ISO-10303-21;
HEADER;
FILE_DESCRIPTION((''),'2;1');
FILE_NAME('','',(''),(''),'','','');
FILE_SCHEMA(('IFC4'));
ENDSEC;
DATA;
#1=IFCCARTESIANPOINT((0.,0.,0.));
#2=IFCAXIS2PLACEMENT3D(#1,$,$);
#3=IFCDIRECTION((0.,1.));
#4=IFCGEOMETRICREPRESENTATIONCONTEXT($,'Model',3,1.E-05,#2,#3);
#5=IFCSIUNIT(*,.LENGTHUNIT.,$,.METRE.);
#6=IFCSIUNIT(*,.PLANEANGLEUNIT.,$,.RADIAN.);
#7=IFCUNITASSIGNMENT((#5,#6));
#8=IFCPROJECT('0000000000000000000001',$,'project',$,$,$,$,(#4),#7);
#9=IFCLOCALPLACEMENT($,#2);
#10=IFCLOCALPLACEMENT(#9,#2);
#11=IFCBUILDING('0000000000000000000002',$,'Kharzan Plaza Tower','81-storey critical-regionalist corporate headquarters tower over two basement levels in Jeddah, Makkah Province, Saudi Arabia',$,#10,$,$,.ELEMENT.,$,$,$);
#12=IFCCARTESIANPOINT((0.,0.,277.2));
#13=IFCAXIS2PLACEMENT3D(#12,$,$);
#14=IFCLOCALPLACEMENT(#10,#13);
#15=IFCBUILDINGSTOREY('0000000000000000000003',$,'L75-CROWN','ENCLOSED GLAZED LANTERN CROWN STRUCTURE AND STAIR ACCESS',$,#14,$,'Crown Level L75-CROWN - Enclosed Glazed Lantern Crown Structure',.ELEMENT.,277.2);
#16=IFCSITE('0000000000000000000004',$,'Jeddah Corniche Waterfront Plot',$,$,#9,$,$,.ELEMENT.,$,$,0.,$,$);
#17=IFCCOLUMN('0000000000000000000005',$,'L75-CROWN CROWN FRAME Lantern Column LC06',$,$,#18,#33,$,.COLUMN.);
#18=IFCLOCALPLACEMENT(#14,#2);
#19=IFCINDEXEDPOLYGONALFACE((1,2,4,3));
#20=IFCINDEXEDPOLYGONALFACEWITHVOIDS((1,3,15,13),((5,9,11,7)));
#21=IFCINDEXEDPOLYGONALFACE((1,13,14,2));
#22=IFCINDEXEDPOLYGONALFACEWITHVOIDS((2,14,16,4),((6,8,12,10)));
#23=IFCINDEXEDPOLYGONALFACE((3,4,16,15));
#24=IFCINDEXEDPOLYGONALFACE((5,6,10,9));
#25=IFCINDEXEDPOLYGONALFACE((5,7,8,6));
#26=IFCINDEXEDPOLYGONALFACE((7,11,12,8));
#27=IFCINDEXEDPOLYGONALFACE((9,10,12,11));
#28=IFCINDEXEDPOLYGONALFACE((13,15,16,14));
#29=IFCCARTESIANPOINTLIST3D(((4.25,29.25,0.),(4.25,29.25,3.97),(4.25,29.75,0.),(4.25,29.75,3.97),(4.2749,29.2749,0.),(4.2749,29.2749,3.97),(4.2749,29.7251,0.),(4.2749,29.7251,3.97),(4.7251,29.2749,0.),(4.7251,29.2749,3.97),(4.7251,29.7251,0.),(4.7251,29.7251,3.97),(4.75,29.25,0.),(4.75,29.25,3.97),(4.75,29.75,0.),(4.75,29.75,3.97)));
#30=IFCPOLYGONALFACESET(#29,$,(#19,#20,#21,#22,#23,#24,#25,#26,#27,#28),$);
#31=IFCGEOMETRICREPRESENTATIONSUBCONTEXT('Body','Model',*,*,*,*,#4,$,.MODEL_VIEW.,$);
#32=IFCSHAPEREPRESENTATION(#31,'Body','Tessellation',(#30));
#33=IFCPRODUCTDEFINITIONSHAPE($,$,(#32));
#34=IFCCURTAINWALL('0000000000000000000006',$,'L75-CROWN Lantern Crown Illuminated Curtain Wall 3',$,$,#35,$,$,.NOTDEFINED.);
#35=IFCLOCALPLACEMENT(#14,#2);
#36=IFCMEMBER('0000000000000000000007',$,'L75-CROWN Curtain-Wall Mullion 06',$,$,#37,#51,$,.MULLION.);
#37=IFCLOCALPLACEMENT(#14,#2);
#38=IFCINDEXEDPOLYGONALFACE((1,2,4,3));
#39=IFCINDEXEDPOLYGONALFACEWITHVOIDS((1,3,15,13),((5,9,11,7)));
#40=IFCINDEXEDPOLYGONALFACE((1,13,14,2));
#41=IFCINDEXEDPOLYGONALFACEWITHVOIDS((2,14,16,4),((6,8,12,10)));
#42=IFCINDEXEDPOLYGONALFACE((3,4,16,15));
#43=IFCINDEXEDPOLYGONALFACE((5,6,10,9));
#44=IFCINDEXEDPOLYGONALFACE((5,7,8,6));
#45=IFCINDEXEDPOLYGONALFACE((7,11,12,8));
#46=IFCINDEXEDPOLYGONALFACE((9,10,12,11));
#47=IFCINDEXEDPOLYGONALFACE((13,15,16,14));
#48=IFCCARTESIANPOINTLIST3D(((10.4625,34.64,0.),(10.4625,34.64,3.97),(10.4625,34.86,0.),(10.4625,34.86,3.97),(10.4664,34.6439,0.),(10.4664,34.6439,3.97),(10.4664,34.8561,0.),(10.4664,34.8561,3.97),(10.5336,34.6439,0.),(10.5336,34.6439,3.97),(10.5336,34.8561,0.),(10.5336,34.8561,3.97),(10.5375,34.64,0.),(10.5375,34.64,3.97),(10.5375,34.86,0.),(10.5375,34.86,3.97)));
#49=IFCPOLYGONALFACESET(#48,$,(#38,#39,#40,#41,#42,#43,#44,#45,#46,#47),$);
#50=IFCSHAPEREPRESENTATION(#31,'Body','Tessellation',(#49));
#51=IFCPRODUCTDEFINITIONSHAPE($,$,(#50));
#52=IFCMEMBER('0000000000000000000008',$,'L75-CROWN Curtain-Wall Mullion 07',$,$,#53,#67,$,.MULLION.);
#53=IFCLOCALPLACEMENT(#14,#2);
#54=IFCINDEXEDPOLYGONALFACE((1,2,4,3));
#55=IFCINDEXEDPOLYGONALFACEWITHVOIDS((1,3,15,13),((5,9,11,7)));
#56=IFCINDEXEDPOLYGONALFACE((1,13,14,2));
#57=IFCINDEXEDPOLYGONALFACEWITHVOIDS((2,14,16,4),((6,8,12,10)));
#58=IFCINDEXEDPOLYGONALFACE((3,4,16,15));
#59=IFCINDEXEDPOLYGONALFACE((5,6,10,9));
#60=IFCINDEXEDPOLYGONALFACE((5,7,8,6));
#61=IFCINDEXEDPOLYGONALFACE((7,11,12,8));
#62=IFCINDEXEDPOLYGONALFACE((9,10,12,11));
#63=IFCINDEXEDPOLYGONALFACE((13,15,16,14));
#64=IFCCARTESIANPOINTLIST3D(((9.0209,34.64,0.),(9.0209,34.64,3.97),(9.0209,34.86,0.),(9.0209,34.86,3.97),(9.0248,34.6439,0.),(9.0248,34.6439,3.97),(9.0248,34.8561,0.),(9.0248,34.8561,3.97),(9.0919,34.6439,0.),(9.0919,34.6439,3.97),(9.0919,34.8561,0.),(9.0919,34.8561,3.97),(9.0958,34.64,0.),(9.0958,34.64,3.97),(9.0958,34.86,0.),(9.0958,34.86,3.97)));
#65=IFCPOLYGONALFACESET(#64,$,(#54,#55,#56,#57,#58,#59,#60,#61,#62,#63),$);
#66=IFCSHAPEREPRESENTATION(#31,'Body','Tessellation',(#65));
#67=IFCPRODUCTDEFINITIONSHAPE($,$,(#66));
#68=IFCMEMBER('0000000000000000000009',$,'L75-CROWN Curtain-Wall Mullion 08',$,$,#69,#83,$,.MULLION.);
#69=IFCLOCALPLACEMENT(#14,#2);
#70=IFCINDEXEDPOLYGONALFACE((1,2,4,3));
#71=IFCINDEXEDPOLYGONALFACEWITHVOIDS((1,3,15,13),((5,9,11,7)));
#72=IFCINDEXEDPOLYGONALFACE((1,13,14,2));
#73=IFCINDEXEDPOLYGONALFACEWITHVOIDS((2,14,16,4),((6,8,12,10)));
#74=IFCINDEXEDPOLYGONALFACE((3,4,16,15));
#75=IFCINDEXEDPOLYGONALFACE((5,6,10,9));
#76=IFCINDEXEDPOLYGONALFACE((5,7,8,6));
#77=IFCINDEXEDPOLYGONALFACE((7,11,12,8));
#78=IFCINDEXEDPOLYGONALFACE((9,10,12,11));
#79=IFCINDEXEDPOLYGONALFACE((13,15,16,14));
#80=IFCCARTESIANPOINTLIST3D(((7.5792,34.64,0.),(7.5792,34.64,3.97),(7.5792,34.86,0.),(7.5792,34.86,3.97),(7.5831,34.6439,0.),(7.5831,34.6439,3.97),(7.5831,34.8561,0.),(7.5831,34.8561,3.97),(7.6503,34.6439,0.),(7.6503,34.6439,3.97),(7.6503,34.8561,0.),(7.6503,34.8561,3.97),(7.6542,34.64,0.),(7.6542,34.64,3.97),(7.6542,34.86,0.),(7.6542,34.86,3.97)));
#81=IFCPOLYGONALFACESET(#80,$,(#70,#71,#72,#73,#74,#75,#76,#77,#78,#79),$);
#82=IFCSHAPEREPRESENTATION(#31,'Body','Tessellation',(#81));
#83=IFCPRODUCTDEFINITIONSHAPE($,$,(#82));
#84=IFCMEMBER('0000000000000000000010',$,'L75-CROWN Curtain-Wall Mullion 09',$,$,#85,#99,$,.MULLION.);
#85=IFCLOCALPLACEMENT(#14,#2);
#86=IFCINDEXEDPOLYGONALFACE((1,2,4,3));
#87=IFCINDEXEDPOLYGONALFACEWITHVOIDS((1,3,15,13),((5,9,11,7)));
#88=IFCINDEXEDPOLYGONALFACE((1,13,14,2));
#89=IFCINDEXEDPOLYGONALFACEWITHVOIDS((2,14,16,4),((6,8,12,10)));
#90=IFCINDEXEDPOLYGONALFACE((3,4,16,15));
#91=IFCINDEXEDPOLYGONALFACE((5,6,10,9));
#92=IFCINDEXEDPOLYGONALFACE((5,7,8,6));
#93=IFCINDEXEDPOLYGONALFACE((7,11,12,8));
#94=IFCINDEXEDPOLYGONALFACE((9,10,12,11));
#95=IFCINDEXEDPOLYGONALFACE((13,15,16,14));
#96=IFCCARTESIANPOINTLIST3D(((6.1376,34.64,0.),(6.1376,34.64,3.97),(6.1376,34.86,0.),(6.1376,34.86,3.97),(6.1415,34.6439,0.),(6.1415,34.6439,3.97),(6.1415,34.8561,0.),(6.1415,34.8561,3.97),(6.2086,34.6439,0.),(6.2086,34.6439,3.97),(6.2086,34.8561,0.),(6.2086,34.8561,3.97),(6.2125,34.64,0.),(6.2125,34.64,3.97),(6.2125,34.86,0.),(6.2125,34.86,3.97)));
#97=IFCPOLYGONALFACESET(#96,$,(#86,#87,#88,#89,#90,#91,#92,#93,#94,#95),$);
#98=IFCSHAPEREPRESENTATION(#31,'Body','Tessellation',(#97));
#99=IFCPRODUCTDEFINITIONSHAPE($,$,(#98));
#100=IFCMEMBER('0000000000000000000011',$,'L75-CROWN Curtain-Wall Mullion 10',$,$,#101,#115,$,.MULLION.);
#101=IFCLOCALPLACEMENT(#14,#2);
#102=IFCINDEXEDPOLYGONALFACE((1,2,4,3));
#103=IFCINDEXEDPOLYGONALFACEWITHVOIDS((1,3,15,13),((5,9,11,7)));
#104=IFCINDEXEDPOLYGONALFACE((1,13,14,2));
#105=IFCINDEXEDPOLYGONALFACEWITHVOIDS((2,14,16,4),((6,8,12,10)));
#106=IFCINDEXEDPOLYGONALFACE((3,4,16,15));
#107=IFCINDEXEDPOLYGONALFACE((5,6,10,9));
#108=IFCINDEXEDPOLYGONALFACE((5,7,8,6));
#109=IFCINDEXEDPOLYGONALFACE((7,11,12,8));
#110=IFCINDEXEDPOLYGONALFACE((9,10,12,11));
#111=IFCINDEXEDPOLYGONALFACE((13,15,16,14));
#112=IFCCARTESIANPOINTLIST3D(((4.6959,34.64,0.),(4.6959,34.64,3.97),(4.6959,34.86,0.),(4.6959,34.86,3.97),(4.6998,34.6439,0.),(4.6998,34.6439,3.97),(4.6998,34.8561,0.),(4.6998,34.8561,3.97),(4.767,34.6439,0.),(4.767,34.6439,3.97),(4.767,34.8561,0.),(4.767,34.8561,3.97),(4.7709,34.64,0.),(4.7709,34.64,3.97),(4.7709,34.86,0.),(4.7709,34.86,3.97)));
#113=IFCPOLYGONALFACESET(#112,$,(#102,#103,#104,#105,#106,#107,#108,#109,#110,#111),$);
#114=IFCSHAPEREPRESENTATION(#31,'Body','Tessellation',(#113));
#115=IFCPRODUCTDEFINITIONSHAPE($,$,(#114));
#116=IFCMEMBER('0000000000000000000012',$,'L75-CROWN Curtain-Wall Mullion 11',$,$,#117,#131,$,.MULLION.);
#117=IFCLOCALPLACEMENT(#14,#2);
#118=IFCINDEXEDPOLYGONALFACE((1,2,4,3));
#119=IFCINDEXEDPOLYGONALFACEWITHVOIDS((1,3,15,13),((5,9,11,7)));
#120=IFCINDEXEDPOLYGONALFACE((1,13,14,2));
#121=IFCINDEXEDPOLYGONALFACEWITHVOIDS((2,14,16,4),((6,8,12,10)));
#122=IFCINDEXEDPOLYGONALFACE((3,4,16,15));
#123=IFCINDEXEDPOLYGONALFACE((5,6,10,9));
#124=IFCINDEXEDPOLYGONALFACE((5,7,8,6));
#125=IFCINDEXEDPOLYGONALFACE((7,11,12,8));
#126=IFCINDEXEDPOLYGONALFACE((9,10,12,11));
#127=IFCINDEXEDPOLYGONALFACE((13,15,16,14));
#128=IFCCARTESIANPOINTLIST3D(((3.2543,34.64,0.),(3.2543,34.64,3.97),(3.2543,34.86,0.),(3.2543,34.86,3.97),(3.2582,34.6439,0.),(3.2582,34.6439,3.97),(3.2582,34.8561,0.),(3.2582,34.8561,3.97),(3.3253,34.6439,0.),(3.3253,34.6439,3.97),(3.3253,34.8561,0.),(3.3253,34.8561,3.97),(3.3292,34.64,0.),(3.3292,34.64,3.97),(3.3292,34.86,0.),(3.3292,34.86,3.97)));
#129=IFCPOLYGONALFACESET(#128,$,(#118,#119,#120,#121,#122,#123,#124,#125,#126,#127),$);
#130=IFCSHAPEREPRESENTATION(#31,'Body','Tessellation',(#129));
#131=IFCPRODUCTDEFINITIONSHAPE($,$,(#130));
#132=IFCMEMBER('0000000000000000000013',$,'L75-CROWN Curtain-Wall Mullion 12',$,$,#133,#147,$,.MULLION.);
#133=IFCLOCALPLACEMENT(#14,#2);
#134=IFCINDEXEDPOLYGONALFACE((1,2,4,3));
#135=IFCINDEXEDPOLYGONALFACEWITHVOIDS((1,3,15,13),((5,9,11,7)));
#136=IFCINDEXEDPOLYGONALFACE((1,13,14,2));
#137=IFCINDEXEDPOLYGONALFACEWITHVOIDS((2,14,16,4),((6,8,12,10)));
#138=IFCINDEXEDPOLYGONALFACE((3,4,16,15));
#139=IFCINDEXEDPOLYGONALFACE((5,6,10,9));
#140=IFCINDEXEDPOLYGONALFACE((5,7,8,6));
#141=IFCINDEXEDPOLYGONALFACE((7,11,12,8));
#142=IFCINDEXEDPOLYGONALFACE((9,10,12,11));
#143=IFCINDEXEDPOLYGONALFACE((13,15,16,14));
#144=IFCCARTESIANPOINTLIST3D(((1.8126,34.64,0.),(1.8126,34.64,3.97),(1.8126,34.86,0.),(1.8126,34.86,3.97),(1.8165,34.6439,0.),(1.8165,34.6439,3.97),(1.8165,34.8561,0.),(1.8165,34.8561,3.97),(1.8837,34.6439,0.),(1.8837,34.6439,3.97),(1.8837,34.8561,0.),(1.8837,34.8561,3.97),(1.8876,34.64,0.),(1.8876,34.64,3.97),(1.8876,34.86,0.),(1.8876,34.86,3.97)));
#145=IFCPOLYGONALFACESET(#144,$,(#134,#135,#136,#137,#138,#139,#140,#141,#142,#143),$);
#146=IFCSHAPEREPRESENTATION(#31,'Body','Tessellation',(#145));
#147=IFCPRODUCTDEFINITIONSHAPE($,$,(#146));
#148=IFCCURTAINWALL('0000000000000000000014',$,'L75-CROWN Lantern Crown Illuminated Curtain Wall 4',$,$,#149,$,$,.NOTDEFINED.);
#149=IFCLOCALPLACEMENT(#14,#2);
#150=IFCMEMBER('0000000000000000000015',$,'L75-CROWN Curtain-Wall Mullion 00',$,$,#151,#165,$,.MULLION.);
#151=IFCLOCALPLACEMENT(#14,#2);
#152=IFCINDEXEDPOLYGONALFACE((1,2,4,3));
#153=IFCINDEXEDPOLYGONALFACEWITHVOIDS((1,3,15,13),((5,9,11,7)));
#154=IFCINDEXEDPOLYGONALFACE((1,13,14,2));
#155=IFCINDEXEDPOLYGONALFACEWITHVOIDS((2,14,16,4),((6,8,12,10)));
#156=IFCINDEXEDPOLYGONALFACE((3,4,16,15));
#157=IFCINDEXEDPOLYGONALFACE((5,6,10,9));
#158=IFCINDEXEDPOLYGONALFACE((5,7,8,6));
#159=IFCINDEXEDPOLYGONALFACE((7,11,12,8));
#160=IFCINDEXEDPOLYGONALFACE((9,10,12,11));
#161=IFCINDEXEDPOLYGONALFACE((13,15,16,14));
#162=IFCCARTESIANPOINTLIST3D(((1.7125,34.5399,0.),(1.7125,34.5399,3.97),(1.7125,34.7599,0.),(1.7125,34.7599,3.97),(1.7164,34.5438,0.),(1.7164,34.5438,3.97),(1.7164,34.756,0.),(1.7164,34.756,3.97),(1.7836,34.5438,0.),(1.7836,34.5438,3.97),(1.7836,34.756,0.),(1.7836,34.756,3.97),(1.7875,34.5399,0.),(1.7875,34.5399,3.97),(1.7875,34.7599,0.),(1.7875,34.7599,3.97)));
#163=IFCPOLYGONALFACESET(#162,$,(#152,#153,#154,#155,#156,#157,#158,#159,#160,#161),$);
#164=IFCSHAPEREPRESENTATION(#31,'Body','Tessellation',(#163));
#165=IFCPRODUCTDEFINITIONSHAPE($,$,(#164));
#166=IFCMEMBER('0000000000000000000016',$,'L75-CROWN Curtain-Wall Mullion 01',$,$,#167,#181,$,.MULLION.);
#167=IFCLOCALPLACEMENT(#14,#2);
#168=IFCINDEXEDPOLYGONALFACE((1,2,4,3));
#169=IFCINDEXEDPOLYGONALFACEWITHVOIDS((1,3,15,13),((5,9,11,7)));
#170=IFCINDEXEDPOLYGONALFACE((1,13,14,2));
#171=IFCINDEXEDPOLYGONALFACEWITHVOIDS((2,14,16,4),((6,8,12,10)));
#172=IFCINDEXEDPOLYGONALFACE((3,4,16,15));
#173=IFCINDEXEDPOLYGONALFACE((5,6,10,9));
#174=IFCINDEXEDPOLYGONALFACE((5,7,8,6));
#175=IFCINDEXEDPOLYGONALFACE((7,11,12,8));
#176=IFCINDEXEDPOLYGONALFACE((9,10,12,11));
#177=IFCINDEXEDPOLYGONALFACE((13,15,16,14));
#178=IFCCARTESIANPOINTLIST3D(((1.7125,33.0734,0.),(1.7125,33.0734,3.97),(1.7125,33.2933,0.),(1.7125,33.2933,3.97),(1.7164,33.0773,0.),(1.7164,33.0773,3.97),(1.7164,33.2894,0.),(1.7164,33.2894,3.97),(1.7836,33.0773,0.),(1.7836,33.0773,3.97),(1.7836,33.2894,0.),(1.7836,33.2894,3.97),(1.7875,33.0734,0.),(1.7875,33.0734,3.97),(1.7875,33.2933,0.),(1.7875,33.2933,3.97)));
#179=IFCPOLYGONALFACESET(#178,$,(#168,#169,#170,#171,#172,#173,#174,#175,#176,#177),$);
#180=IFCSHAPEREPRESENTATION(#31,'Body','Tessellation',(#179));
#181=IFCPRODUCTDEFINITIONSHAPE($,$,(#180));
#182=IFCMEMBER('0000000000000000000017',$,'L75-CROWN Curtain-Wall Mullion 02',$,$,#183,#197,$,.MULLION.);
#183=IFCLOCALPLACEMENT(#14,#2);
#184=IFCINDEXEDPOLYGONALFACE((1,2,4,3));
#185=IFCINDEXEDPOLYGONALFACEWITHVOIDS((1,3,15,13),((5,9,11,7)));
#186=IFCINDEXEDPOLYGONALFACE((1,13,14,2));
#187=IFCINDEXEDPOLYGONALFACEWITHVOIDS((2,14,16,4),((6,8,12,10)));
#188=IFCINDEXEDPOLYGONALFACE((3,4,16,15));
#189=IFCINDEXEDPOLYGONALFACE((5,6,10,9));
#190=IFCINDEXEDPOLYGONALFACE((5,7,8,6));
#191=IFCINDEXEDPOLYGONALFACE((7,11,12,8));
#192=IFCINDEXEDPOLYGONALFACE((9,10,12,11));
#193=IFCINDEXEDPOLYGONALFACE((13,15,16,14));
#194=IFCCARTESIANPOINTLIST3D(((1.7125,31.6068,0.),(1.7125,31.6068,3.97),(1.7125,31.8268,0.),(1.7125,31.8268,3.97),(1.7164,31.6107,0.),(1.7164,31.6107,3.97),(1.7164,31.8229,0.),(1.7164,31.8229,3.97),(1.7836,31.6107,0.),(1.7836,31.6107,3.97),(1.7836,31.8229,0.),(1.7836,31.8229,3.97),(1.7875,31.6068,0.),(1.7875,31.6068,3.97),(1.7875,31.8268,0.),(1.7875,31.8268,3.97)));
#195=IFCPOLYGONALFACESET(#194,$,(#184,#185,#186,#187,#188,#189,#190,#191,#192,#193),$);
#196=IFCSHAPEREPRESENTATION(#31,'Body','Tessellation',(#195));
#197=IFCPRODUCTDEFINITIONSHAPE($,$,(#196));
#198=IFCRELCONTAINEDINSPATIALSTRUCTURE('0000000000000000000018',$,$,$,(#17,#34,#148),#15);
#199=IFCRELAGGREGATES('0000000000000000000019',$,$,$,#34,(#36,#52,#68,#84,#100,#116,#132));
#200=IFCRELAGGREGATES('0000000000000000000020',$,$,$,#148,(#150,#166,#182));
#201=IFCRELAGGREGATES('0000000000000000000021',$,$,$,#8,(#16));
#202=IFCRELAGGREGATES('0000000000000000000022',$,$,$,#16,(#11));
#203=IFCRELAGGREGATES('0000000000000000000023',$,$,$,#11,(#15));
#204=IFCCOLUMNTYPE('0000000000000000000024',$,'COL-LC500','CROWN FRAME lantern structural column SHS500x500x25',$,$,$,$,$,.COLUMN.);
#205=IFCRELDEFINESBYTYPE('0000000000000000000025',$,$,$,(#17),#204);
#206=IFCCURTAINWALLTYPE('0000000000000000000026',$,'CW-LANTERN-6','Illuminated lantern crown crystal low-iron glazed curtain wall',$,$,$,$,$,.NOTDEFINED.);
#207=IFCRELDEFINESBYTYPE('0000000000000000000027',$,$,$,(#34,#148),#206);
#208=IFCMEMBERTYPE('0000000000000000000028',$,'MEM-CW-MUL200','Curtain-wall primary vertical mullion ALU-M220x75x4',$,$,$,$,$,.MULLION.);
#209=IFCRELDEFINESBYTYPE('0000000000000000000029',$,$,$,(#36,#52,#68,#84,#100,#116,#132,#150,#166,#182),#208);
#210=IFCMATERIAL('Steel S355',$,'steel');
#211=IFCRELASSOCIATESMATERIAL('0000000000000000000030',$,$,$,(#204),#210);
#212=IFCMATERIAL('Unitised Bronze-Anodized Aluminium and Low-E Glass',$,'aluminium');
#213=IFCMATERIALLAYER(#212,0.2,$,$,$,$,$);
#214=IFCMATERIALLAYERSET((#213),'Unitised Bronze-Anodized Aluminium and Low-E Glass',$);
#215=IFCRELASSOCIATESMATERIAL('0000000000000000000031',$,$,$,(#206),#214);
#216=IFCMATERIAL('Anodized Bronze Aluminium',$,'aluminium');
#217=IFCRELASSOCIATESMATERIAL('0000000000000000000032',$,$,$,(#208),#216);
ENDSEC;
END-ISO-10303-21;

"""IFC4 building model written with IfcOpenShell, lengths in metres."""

from ifc_helpers import new_model, si_unit, direction, frame, origin, origin_2d, place, context, subcontext, project, spatial, hollow_rectangle, extrude, source, transform, mapped, material, layer, layer_set, material_profile, profile_set, type_object, element, aggregate, save


model = new_model("IFC4")

# Units and contexts
model_context = context("Model", 3, precision=1e-05, world=origin(), true_north=direction((0.0, 1.0)))
body_context = subcontext(model_context, "Body", "Model", "MODEL_VIEW")
ifc_project = project(units=[si_unit("LENGTHUNIT", "METRE"), si_unit("PLANEANGLEUNIT", "RADIAN")], contexts=[model_context])

# Site, building, storey
site_placement = place(None, origin())
site = spatial("IfcSite", under=ifc_project, at=site_placement, Name="Jeddah Corniche Waterfront Plot", CompositionType="ELEMENT", RefElevation=0.0)
building_placement = place(site_placement, origin())
building = spatial("IfcBuilding", under=site, at=building_placement, Name="Kharzan Plaza Tower", Description="81-storey critical-regionalist corporate headquarters tower over two basement levels in Jeddah, Makkah Province, Saudi Arabia", CompositionType="ELEMENT")
storey_placement = place(building_placement, frame((0.0, 0.0, 277.2)))
storey = spatial("IfcBuildingStorey", under=building, at=storey_placement, Name="L75-CROWN", Description="ENCLOSED GLAZED LANTERN CROWN STRUCTURE AND STAIR ACCESS", LongName="Crown Level L75-CROWN - Enclosed Glazed Lantern Crown Structure", CompositionType="ELEMENT", Elevation=277.2)

# Column
ifc_material_1 = material(Name="Steel S355", Category="steel")
ifc_material_profile_1 = material_profile(ifc_material_1, hollow_rectangle(XDim=0.5, YDim=0.5, WallThickness=0.0249, at=origin_2d()), Name="SHS500x500x25")
ifc_profile_set_1 = profile_set([ifc_material_profile_1], Name="Steel S355")
column_type = type_object("IfcColumnType", Name="COL-LC500", Description="CROWN FRAME lantern structural column SHS500x500x25", PredefinedType="COLUMN", material=ifc_profile_set_1)
shared_shape_1 = source(origin(), body_context, "Body", "SweptSolid", [
    extrude(hollow_rectangle(XDim=0.5, YDim=0.5, WallThickness=0.0249, at=origin_2d()), origin(), (0.0, 0.0, 1.0), 3.97),
])
column_placement = place(storey_placement, frame((4.5, 29.5, 0.0), z_axis=(0.0, 0.0, 1.0), x_axis=(1.0, 0.0, 0.0)))
element("IfcColumn", 1, at=column_placement, inside=storey, type_object=column_type, Name="L75-CROWN CROWN FRAME Lantern Column LC06", PredefinedType="COLUMN", context=body_context, shape_type="MappedRepresentation", body=[
    mapped(shared_shape_1, transform((0.0, 0.0, 0.0), x_axis=(1.0, 0.0, 0.0), y_axis=(0.0, 1.0, 0.0), z_axis=(0.0, 0.0, 1.0))),
])

# Curtain walls, members
ifc_material_2 = material(Name="Unitised Bronze-Anodized Aluminium and Low-E Glass", Category="aluminium")
ifc_layer_1 = layer(ifc_material_2, 0.2)
ifc_layer_set_1 = layer_set([ifc_layer_1], Name="Unitised Bronze-Anodized Aluminium and Low-E Glass")
curtain_wall_type = type_object("IfcCurtainWallType", Name="CW-LANTERN-6", Description="Illuminated lantern crown crystal low-iron glazed curtain wall", PredefinedType="NOTDEFINED", material=ifc_layer_set_1)
curtain_wall_1_placement = place(storey_placement, origin())
curtain_wall_1 = element("IfcCurtainWall", 2, at=curtain_wall_1_placement, inside=storey, type_object=curtain_wall_type, Name="L75-CROWN Lantern Crown Illuminated Curtain Wall 3", PredefinedType="NOTDEFINED")
ifc_material_3 = material(Name="Anodized Bronze Aluminium", Category="aluminium")
ifc_material_profile_2 = material_profile(ifc_material_3, hollow_rectangle(XDim=0.075, YDim=0.22, WallThickness=0.0039, at=origin_2d()), Name="ALU-M220x75x4")
ifc_profile_set_2 = profile_set([ifc_material_profile_2], Name="Anodized Bronze Aluminium")
member_type_1 = type_object("IfcMemberType", Name="MEM-CW-MUL200", Description="Curtain-wall primary vertical mullion ALU-M220x75x4", PredefinedType="MULLION", material=ifc_profile_set_2)
shared_shape_2 = source(origin(), body_context, "Body", "SweptSolid", [
    extrude(hollow_rectangle(XDim=0.075, YDim=0.22, WallThickness=0.0039, at=origin_2d()), origin(), (0.0, 0.0, 1.0), 3.97),
])
member_1_placement = place(storey_placement, frame((10.5, 34.75, 0.0), z_axis=(0.0, 0.0, 1.0), x_axis=(1.0, 0.0, 0.0)))
member_1 = element("IfcMember", 3, at=member_1_placement, type_object=member_type_1, Name="L75-CROWN Curtain-Wall Mullion 06", PredefinedType="MULLION", context=body_context, shape_type="MappedRepresentation", body=[
    mapped(shared_shape_2, transform((0.0, 0.0, 0.0), x_axis=(1.0, 0.0, 0.0), y_axis=(0.0, 1.0, 0.0), z_axis=(0.0, 0.0, 1.0))),
])
member_2_placement = place(storey_placement, frame((9.0583, 34.75, 0.0), z_axis=(0.0, 0.0, 1.0), x_axis=(1.0, 0.0, 0.0)))
member_2 = element("IfcMember", 4, at=member_2_placement, type_object=member_type_1, Name="L75-CROWN Curtain-Wall Mullion 07", PredefinedType="MULLION", context=body_context, shape_type="MappedRepresentation", body=[
    mapped(shared_shape_2, transform((0.0, 0.0, 0.0), x_axis=(1.0, 0.0, 0.0), y_axis=(0.0, 1.0, 0.0), z_axis=(0.0, 0.0, 1.0))),
])
member_3_placement = place(storey_placement, frame((7.6167, 34.75, 0.0), z_axis=(0.0, 0.0, 1.0), x_axis=(1.0, 0.0, 0.0)))
member_3 = element("IfcMember", 5, at=member_3_placement, type_object=member_type_1, Name="L75-CROWN Curtain-Wall Mullion 08", PredefinedType="MULLION", context=body_context, shape_type="MappedRepresentation", body=[
    mapped(shared_shape_2, transform((0.0, 0.0, 0.0), x_axis=(1.0, 0.0, 0.0), y_axis=(0.0, 1.0, 0.0), z_axis=(0.0, 0.0, 1.0))),
])
member_4_placement = place(storey_placement, frame((6.175, 34.75, 0.0), z_axis=(0.0, 0.0, 1.0), x_axis=(1.0, 0.0, 0.0)))
member_4 = element("IfcMember", 6, at=member_4_placement, type_object=member_type_1, Name="L75-CROWN Curtain-Wall Mullion 09", PredefinedType="MULLION", context=body_context, shape_type="MappedRepresentation", body=[
    mapped(shared_shape_2, transform((0.0, 0.0, 0.0), x_axis=(1.0, 0.0, 0.0), y_axis=(0.0, 1.0, 0.0), z_axis=(0.0, 0.0, 1.0))),
])
member_5_placement = place(storey_placement, frame((4.7334, 34.75, 0.0), z_axis=(0.0, 0.0, 1.0), x_axis=(1.0, 0.0, 0.0)))
member_5 = element("IfcMember", 7, at=member_5_placement, type_object=member_type_1, Name="L75-CROWN Curtain-Wall Mullion 10", PredefinedType="MULLION", context=body_context, shape_type="MappedRepresentation", body=[
    mapped(shared_shape_2, transform((0.0, 0.0, 0.0), x_axis=(1.0, 0.0, 0.0), y_axis=(0.0, 1.0, 0.0), z_axis=(0.0, 0.0, 1.0))),
])
member_6_placement = place(storey_placement, frame((3.2917, 34.75, 0.0), z_axis=(0.0, 0.0, 1.0), x_axis=(1.0, 0.0, 0.0)))
member_6 = element("IfcMember", 8, at=member_6_placement, type_object=member_type_1, Name="L75-CROWN Curtain-Wall Mullion 11", PredefinedType="MULLION", context=body_context, shape_type="MappedRepresentation", body=[
    mapped(shared_shape_2, transform((0.0, 0.0, 0.0), x_axis=(1.0, 0.0, 0.0), y_axis=(0.0, 1.0, 0.0), z_axis=(0.0, 0.0, 1.0))),
])
member_7_placement = place(storey_placement, frame((1.8501, 34.75, 0.0), z_axis=(0.0, 0.0, 1.0), x_axis=(1.0, 0.0, 0.0)))
member_7 = element("IfcMember", 9, at=member_7_placement, type_object=member_type_1, Name="L75-CROWN Curtain-Wall Mullion 12", PredefinedType="MULLION", context=body_context, shape_type="MappedRepresentation", body=[
    mapped(shared_shape_2, transform((0.0, 0.0, 0.0), x_axis=(1.0, 0.0, 0.0), y_axis=(0.0, 1.0, 0.0), z_axis=(0.0, 0.0, 1.0))),
])
curtain_wall_2_placement = place(storey_placement, origin())
curtain_wall_2 = element("IfcCurtainWall", 10, at=curtain_wall_2_placement, inside=storey, type_object=curtain_wall_type, Name="L75-CROWN Lantern Crown Illuminated Curtain Wall 4", PredefinedType="NOTDEFINED")
member_8_placement = place(storey_placement, frame((1.75, 34.6499, 0.0), z_axis=(0.0, 0.0, 1.0), x_axis=(1.0, 0.0, 0.0)))
member_8 = element("IfcMember", 11, at=member_8_placement, type_object=member_type_1, Name="L75-CROWN Curtain-Wall Mullion 00", PredefinedType="MULLION", context=body_context, shape_type="MappedRepresentation", body=[
    mapped(shared_shape_2, transform((0.0, 0.0, 0.0), x_axis=(1.0, 0.0, 0.0), y_axis=(0.0, 1.0, 0.0), z_axis=(0.0, 0.0, 1.0))),
])
member_9_placement = place(storey_placement, frame((1.75, 33.1833, 0.0), z_axis=(0.0, 0.0, 1.0), x_axis=(1.0, 0.0, 0.0)))
member_9 = element("IfcMember", 12, at=member_9_placement, type_object=member_type_1, Name="L75-CROWN Curtain-Wall Mullion 01", PredefinedType="MULLION", context=body_context, shape_type="MappedRepresentation", body=[
    mapped(shared_shape_2, transform((0.0, 0.0, 0.0), x_axis=(1.0, 0.0, 0.0), y_axis=(0.0, 1.0, 0.0), z_axis=(0.0, 0.0, 1.0))),
])
member_10_placement = place(storey_placement, frame((1.75, 31.7168, 0.0), z_axis=(0.0, 0.0, 1.0), x_axis=(1.0, 0.0, 0.0)))
member_10 = element("IfcMember", 13, at=member_10_placement, type_object=member_type_1, Name="L75-CROWN Curtain-Wall Mullion 02", PredefinedType="MULLION", context=body_context, shape_type="MappedRepresentation", body=[
    mapped(shared_shape_2, transform((0.0, 0.0, 0.0), x_axis=(1.0, 0.0, 0.0), y_axis=(0.0, 1.0, 0.0), z_axis=(0.0, 0.0, 1.0))),
])

aggregate(curtain_wall_1, [member_1, member_2, member_3, member_4, member_5, member_6, member_7])
aggregate(curtain_wall_2, [member_8, member_9, member_10])

save(model, "model.ifc")
